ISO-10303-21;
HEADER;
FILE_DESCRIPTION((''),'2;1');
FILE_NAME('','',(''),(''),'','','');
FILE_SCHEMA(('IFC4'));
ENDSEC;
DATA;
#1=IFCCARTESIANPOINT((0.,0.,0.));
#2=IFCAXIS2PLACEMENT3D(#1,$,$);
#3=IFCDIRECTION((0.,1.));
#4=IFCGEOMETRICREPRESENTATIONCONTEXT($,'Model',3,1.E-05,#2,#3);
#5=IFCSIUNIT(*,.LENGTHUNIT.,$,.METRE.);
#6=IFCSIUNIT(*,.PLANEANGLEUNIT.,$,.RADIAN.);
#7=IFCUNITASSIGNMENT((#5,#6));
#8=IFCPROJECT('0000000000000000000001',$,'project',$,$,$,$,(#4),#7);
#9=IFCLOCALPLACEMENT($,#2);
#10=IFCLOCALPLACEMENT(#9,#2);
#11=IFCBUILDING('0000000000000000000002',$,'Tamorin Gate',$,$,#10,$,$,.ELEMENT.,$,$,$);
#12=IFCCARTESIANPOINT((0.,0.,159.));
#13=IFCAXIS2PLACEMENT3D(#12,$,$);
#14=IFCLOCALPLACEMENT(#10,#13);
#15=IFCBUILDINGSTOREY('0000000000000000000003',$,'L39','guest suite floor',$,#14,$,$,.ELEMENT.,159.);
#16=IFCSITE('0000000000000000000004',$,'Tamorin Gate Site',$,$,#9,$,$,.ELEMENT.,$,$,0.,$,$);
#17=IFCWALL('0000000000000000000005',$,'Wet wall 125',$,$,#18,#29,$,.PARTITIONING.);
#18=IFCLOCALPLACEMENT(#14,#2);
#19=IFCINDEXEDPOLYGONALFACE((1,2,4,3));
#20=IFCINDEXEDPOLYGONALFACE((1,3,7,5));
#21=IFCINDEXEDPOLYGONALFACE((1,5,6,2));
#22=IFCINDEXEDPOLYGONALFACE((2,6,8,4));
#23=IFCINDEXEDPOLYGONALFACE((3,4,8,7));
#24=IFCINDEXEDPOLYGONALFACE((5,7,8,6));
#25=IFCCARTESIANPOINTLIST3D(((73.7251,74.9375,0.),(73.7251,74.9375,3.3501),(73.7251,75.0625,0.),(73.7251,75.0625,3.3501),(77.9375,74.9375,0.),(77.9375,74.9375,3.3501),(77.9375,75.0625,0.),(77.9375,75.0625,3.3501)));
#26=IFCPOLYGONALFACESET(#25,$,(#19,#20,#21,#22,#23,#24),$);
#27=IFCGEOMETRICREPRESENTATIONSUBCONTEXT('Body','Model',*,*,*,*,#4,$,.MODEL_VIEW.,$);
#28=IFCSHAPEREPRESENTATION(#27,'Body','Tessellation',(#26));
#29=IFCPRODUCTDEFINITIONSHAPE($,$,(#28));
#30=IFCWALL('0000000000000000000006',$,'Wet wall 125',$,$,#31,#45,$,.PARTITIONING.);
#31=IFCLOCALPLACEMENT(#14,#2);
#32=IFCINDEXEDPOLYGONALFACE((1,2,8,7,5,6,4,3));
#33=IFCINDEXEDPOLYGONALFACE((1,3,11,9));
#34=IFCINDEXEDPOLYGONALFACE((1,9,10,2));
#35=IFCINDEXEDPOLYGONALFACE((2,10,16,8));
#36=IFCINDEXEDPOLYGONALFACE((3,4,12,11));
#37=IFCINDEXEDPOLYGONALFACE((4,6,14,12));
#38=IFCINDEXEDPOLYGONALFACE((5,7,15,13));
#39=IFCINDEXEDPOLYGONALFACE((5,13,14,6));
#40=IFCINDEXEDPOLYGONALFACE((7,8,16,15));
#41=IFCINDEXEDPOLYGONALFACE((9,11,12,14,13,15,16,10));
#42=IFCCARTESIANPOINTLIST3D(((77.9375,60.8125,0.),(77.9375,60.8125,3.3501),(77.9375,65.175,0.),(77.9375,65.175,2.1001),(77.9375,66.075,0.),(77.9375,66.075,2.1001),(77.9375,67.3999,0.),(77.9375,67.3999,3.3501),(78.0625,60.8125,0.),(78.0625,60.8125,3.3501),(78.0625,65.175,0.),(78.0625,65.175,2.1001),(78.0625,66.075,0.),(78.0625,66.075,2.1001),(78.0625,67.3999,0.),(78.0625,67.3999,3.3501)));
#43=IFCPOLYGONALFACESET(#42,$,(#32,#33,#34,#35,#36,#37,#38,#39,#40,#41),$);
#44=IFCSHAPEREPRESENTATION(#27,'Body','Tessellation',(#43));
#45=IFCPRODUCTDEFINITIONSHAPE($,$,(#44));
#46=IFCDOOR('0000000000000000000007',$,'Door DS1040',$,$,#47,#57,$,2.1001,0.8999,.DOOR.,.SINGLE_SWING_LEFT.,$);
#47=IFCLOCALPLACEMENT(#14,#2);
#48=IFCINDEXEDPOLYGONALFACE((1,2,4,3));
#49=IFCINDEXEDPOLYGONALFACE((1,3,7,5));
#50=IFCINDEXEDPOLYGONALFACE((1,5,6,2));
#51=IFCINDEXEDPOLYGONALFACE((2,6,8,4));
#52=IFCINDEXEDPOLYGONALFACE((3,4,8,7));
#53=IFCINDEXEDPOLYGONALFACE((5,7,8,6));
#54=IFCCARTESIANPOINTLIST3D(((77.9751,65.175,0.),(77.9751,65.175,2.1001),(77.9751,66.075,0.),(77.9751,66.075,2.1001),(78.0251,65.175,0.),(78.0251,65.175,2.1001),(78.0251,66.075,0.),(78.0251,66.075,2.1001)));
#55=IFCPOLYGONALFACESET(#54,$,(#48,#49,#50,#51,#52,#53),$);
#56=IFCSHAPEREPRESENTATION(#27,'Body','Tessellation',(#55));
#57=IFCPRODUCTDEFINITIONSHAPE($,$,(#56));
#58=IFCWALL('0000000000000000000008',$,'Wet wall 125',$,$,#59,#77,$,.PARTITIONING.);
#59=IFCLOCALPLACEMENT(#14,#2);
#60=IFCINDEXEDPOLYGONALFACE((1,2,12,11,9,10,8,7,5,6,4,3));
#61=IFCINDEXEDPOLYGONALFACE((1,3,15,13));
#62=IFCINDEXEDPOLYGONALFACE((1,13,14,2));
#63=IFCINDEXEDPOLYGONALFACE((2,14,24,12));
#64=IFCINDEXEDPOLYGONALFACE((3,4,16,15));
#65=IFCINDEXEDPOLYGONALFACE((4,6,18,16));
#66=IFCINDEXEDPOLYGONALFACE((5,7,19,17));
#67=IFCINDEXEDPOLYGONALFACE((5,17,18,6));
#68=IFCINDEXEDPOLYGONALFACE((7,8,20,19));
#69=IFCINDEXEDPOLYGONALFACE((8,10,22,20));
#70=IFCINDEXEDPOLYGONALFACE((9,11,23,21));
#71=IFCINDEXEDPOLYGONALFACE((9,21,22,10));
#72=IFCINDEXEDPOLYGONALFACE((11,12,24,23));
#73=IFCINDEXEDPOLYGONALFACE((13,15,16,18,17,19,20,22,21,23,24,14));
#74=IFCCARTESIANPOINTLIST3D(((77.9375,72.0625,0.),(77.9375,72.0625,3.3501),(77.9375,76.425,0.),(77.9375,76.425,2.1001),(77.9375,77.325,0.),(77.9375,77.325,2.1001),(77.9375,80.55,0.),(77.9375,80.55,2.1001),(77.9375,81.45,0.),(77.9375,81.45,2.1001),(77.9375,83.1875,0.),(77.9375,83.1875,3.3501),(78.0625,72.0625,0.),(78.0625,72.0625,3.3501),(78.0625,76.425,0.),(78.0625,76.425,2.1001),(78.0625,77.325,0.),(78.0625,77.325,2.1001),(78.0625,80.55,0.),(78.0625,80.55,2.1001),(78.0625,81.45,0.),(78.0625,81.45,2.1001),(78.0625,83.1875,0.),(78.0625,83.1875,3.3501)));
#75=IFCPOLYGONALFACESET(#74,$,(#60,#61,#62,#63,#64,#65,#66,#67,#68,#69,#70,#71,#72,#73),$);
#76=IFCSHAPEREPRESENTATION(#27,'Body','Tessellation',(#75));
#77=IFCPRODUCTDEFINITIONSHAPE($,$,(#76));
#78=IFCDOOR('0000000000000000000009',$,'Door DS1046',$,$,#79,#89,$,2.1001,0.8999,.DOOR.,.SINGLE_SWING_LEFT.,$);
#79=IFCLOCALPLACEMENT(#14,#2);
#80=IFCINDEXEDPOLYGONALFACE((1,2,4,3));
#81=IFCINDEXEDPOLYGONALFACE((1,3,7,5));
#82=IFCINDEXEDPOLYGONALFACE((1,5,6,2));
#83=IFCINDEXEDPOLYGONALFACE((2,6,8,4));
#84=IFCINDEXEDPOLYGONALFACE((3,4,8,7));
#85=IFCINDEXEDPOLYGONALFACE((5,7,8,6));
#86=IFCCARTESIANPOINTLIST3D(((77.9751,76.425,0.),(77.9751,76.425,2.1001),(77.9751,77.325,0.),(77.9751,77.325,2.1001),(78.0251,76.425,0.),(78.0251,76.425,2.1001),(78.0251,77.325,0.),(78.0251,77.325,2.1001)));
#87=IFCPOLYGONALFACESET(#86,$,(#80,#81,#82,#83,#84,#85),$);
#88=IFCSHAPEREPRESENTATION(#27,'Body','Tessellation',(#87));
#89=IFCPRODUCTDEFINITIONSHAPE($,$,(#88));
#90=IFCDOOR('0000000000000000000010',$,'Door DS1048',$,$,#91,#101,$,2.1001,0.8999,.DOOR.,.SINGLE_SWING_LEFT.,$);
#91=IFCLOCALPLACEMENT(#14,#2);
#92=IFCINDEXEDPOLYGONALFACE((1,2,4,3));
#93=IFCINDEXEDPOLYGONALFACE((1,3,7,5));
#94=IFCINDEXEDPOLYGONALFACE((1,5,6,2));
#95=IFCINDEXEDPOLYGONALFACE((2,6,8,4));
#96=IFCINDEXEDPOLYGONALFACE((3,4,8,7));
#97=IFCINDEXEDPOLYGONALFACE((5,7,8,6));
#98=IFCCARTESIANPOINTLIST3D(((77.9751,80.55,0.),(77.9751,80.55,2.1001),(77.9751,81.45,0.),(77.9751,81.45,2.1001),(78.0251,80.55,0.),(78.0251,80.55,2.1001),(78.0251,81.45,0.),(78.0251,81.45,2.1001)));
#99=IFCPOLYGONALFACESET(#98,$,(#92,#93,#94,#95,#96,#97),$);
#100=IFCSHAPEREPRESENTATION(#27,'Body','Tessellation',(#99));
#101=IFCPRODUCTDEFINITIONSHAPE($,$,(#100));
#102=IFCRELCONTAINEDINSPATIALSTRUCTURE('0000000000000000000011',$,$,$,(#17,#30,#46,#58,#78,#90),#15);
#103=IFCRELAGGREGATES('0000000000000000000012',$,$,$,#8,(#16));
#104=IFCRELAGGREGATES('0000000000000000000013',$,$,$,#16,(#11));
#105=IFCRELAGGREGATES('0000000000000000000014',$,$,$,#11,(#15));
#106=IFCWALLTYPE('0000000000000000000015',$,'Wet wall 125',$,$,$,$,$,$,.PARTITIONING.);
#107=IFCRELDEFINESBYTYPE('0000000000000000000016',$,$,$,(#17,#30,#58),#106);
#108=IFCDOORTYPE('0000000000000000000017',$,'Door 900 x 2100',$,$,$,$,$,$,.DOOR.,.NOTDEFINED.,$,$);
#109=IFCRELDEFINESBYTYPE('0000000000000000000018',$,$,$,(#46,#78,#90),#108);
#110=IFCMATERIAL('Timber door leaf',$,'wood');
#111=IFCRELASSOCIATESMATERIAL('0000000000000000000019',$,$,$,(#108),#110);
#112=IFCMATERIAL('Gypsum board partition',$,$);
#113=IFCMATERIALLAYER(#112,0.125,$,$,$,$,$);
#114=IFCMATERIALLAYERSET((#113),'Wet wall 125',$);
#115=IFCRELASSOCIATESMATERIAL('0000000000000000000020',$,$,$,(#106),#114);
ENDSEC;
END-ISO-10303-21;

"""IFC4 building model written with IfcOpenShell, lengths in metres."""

from ifc_helpers import new_model, si_unit, direction, frame, frame_2d, origin, place, context, subcontext, project, spatial, rectangle, extrude, material, layer, layer_set, type_object, element, fill, save


model = new_model("IFC4")

# Units and contexts
model_context = context("Model", 3, precision=1e-05, world=origin(), true_north=direction((0.0, 1.0)))
body_context = subcontext(model_context, "Body", "Model", "MODEL_VIEW")
ifc_project = project(units=[si_unit("LENGTHUNIT", "METRE"), si_unit("PLANEANGLEUNIT", "RADIAN")], contexts=[model_context])

# Site, building, storey
site_placement = place(None, origin())
site = spatial("IfcSite", under=ifc_project, at=site_placement, Name="Tamorin Gate Site", CompositionType="ELEMENT", RefElevation=0.0)
building_placement = place(site_placement, origin())
building = spatial("IfcBuilding", under=site, at=building_placement, Name="Tamorin Gate", CompositionType="ELEMENT")
storey_placement = place(building_placement, frame((0.0, 0.0, 159.0)))
storey = spatial("IfcBuildingStorey", under=building, at=storey_placement, Name="L39", Description="guest suite floor", CompositionType="ELEMENT", Elevation=159.0)

# Shared definitions
ifc_material_1 = material(Name="Gypsum board partition")
ifc_material_2 = material(Name="Timber door leaf", Category="wood")
door_type = type_object("IfcDoorType", Name="Door 900 x 2100", OperationType="NOTDEFINED", PredefinedType="DOOR", material=ifc_material_2)

# Wall
ifc_layer_1 = layer(ifc_material_1, 0.125)
ifc_layer_set_1 = layer_set([ifc_layer_1], Name="Wet wall 125")
wall_type_1 = type_object("IfcWallType", Name="Wet wall 125", PredefinedType="PARTITIONING", material=ifc_layer_set_1)
wall_1_placement = place(storey_placement, frame((73.7251, 75.0, 0.0), z_axis=(0.0, 0.0, 1.0), x_axis=(1.0, 0.0, 0.0)))
element("IfcWall", 1, at=wall_1_placement, inside=storey, type_object=wall_type_1, Name="Wet wall 125", PredefinedType="PARTITIONING", context=body_context, shape_type="SweptSolid", body=[
    extrude(rectangle(XDim=4.2124, YDim=0.125, at=frame_2d((2.1062, 0.0))), origin(), (0.0, 0.0, 1.0), 3.3501),
])

# Wall, opening, door
wall_2_placement = place(storey_placement, frame((78.0, 60.8125, 0.0), z_axis=(0.0, 0.0, 1.0), x_axis=(0.0, 1.0, 0.0)))
wall_2 = element("IfcWall", 2, at=wall_2_placement, inside=storey, type_object=wall_type_1, Name="Wet wall 125", PredefinedType="PARTITIONING", context=body_context, shape_type="SweptSolid", body=[
    extrude(rectangle(XDim=6.5874, YDim=0.125, at=frame_2d((3.2937, 0.0))), origin(), (0.0, 0.0, 1.0), 3.3501),
])
opening_1_placement = place(wall_2_placement, frame((4.3625, 0.0, 0.0)))
opening_1 = element("IfcOpeningElement", 3, at=opening_1_placement, cuts=wall_2, PredefinedType="OPENING", context=body_context, shape_type="SweptSolid", body=[
    extrude(rectangle(XDim=0.8999, YDim=2.1001, at=frame_2d((0.45, 1.05))), frame((0.0, 0.0725, 0.0), z_axis=(0.0, -1.0, 0.0), x_axis=(1.0, 0.0, 0.0)), (0.0, 0.0, 1.0), 0.145),
])
door_1_placement = place(opening_1_placement, origin())
door_1 = element("IfcDoor", 4, at=door_1_placement, inside=storey, type_object=door_type, Name="Door DS1040", OperationType="SINGLE_SWING_LEFT", OverallHeight=2.1001, OverallWidth=0.8999, PredefinedType="DOOR", context=body_context, shape_type="SweptSolid", body=[
    extrude(rectangle(XDim=0.8999, YDim=2.1001, at=frame_2d((0.45, 1.05))), frame((0.0, 0.0249, 0.0), z_axis=(0.0, -1.0, 0.0), x_axis=(1.0, 0.0, 0.0)), (0.0, 0.0, 1.0), 0.05),
])
fill(opening_1, door_1)

# Wall, openings, doors
wall_3_placement = place(storey_placement, frame((78.0, 72.0625, 0.0), z_axis=(0.0, 0.0, 1.0), x_axis=(0.0, 1.0, 0.0)))
wall_3 = element("IfcWall", 5, at=wall_3_placement, inside=storey, type_object=wall_type_1, Name="Wet wall 125", PredefinedType="PARTITIONING", context=body_context, shape_type="SweptSolid", body=[
    extrude(rectangle(XDim=11.125, YDim=0.125, at=frame_2d((5.5625, 0.0))), origin(), (0.0, 0.0, 1.0), 3.3501),
])
opening_2_placement = place(wall_3_placement, frame((4.3625, 0.0, 0.0)))
opening_2 = element("IfcOpeningElement", 6, at=opening_2_placement, cuts=wall_3, PredefinedType="OPENING", context=body_context, shape_type="SweptSolid", body=[
    extrude(rectangle(XDim=0.8999, YDim=2.1001, at=frame_2d((0.45, 1.05))), frame((0.0, 0.0725, 0.0), z_axis=(0.0, -1.0, 0.0), x_axis=(1.0, 0.0, 0.0)), (0.0, 0.0, 1.0), 0.145),
])
opening_3_placement = place(wall_3_placement, frame((8.4875, 0.0, 0.0)))
opening_3 = element("IfcOpeningElement", 7, at=opening_3_placement, cuts=wall_3, PredefinedType="OPENING", context=body_context, shape_type="SweptSolid", body=[
    extrude(rectangle(XDim=0.8999, YDim=2.1001, at=frame_2d((0.45, 1.05))), frame((0.0, 0.0725, 0.0), z_axis=(0.0, -1.0, 0.0), x_axis=(1.0, 0.0, 0.0)), (0.0, 0.0, 1.0), 0.145),
])
door_2_placement = place(opening_2_placement, origin())
door_2 = element("IfcDoor", 8, at=door_2_placement, inside=storey, type_object=door_type, Name="Door DS1046", OperationType="SINGLE_SWING_LEFT", OverallHeight=2.1001, OverallWidth=0.8999, PredefinedType="DOOR", context=body_context, shape_type="SweptSolid", body=[
    extrude(rectangle(XDim=0.8999, YDim=2.1001, at=frame_2d((0.45, 1.05))), frame((0.0, 0.0249, 0.0), z_axis=(0.0, -1.0, 0.0), x_axis=(1.0, 0.0, 0.0)), (0.0, 0.0, 1.0), 0.05),
])
fill(opening_2, door_2)
door_3_placement = place(opening_3_placement, origin())
door_3 = element("IfcDoor", 9, at=door_3_placement, inside=storey, type_object=door_type, Name="Door DS1048", OperationType="SINGLE_SWING_LEFT", OverallHeight=2.1001, OverallWidth=0.8999, PredefinedType="DOOR", context=body_context, shape_type="SweptSolid", body=[
    extrude(rectangle(XDim=0.8999, YDim=2.1001, at=frame_2d((0.45, 1.05))), frame((0.0, 0.0249, 0.0), z_axis=(0.0, -1.0, 0.0), x_axis=(1.0, 0.0, 0.0)), (0.0, 0.0, 1.0), 0.05),
])
fill(opening_3, door_3)

save(model, "model.ifc")
